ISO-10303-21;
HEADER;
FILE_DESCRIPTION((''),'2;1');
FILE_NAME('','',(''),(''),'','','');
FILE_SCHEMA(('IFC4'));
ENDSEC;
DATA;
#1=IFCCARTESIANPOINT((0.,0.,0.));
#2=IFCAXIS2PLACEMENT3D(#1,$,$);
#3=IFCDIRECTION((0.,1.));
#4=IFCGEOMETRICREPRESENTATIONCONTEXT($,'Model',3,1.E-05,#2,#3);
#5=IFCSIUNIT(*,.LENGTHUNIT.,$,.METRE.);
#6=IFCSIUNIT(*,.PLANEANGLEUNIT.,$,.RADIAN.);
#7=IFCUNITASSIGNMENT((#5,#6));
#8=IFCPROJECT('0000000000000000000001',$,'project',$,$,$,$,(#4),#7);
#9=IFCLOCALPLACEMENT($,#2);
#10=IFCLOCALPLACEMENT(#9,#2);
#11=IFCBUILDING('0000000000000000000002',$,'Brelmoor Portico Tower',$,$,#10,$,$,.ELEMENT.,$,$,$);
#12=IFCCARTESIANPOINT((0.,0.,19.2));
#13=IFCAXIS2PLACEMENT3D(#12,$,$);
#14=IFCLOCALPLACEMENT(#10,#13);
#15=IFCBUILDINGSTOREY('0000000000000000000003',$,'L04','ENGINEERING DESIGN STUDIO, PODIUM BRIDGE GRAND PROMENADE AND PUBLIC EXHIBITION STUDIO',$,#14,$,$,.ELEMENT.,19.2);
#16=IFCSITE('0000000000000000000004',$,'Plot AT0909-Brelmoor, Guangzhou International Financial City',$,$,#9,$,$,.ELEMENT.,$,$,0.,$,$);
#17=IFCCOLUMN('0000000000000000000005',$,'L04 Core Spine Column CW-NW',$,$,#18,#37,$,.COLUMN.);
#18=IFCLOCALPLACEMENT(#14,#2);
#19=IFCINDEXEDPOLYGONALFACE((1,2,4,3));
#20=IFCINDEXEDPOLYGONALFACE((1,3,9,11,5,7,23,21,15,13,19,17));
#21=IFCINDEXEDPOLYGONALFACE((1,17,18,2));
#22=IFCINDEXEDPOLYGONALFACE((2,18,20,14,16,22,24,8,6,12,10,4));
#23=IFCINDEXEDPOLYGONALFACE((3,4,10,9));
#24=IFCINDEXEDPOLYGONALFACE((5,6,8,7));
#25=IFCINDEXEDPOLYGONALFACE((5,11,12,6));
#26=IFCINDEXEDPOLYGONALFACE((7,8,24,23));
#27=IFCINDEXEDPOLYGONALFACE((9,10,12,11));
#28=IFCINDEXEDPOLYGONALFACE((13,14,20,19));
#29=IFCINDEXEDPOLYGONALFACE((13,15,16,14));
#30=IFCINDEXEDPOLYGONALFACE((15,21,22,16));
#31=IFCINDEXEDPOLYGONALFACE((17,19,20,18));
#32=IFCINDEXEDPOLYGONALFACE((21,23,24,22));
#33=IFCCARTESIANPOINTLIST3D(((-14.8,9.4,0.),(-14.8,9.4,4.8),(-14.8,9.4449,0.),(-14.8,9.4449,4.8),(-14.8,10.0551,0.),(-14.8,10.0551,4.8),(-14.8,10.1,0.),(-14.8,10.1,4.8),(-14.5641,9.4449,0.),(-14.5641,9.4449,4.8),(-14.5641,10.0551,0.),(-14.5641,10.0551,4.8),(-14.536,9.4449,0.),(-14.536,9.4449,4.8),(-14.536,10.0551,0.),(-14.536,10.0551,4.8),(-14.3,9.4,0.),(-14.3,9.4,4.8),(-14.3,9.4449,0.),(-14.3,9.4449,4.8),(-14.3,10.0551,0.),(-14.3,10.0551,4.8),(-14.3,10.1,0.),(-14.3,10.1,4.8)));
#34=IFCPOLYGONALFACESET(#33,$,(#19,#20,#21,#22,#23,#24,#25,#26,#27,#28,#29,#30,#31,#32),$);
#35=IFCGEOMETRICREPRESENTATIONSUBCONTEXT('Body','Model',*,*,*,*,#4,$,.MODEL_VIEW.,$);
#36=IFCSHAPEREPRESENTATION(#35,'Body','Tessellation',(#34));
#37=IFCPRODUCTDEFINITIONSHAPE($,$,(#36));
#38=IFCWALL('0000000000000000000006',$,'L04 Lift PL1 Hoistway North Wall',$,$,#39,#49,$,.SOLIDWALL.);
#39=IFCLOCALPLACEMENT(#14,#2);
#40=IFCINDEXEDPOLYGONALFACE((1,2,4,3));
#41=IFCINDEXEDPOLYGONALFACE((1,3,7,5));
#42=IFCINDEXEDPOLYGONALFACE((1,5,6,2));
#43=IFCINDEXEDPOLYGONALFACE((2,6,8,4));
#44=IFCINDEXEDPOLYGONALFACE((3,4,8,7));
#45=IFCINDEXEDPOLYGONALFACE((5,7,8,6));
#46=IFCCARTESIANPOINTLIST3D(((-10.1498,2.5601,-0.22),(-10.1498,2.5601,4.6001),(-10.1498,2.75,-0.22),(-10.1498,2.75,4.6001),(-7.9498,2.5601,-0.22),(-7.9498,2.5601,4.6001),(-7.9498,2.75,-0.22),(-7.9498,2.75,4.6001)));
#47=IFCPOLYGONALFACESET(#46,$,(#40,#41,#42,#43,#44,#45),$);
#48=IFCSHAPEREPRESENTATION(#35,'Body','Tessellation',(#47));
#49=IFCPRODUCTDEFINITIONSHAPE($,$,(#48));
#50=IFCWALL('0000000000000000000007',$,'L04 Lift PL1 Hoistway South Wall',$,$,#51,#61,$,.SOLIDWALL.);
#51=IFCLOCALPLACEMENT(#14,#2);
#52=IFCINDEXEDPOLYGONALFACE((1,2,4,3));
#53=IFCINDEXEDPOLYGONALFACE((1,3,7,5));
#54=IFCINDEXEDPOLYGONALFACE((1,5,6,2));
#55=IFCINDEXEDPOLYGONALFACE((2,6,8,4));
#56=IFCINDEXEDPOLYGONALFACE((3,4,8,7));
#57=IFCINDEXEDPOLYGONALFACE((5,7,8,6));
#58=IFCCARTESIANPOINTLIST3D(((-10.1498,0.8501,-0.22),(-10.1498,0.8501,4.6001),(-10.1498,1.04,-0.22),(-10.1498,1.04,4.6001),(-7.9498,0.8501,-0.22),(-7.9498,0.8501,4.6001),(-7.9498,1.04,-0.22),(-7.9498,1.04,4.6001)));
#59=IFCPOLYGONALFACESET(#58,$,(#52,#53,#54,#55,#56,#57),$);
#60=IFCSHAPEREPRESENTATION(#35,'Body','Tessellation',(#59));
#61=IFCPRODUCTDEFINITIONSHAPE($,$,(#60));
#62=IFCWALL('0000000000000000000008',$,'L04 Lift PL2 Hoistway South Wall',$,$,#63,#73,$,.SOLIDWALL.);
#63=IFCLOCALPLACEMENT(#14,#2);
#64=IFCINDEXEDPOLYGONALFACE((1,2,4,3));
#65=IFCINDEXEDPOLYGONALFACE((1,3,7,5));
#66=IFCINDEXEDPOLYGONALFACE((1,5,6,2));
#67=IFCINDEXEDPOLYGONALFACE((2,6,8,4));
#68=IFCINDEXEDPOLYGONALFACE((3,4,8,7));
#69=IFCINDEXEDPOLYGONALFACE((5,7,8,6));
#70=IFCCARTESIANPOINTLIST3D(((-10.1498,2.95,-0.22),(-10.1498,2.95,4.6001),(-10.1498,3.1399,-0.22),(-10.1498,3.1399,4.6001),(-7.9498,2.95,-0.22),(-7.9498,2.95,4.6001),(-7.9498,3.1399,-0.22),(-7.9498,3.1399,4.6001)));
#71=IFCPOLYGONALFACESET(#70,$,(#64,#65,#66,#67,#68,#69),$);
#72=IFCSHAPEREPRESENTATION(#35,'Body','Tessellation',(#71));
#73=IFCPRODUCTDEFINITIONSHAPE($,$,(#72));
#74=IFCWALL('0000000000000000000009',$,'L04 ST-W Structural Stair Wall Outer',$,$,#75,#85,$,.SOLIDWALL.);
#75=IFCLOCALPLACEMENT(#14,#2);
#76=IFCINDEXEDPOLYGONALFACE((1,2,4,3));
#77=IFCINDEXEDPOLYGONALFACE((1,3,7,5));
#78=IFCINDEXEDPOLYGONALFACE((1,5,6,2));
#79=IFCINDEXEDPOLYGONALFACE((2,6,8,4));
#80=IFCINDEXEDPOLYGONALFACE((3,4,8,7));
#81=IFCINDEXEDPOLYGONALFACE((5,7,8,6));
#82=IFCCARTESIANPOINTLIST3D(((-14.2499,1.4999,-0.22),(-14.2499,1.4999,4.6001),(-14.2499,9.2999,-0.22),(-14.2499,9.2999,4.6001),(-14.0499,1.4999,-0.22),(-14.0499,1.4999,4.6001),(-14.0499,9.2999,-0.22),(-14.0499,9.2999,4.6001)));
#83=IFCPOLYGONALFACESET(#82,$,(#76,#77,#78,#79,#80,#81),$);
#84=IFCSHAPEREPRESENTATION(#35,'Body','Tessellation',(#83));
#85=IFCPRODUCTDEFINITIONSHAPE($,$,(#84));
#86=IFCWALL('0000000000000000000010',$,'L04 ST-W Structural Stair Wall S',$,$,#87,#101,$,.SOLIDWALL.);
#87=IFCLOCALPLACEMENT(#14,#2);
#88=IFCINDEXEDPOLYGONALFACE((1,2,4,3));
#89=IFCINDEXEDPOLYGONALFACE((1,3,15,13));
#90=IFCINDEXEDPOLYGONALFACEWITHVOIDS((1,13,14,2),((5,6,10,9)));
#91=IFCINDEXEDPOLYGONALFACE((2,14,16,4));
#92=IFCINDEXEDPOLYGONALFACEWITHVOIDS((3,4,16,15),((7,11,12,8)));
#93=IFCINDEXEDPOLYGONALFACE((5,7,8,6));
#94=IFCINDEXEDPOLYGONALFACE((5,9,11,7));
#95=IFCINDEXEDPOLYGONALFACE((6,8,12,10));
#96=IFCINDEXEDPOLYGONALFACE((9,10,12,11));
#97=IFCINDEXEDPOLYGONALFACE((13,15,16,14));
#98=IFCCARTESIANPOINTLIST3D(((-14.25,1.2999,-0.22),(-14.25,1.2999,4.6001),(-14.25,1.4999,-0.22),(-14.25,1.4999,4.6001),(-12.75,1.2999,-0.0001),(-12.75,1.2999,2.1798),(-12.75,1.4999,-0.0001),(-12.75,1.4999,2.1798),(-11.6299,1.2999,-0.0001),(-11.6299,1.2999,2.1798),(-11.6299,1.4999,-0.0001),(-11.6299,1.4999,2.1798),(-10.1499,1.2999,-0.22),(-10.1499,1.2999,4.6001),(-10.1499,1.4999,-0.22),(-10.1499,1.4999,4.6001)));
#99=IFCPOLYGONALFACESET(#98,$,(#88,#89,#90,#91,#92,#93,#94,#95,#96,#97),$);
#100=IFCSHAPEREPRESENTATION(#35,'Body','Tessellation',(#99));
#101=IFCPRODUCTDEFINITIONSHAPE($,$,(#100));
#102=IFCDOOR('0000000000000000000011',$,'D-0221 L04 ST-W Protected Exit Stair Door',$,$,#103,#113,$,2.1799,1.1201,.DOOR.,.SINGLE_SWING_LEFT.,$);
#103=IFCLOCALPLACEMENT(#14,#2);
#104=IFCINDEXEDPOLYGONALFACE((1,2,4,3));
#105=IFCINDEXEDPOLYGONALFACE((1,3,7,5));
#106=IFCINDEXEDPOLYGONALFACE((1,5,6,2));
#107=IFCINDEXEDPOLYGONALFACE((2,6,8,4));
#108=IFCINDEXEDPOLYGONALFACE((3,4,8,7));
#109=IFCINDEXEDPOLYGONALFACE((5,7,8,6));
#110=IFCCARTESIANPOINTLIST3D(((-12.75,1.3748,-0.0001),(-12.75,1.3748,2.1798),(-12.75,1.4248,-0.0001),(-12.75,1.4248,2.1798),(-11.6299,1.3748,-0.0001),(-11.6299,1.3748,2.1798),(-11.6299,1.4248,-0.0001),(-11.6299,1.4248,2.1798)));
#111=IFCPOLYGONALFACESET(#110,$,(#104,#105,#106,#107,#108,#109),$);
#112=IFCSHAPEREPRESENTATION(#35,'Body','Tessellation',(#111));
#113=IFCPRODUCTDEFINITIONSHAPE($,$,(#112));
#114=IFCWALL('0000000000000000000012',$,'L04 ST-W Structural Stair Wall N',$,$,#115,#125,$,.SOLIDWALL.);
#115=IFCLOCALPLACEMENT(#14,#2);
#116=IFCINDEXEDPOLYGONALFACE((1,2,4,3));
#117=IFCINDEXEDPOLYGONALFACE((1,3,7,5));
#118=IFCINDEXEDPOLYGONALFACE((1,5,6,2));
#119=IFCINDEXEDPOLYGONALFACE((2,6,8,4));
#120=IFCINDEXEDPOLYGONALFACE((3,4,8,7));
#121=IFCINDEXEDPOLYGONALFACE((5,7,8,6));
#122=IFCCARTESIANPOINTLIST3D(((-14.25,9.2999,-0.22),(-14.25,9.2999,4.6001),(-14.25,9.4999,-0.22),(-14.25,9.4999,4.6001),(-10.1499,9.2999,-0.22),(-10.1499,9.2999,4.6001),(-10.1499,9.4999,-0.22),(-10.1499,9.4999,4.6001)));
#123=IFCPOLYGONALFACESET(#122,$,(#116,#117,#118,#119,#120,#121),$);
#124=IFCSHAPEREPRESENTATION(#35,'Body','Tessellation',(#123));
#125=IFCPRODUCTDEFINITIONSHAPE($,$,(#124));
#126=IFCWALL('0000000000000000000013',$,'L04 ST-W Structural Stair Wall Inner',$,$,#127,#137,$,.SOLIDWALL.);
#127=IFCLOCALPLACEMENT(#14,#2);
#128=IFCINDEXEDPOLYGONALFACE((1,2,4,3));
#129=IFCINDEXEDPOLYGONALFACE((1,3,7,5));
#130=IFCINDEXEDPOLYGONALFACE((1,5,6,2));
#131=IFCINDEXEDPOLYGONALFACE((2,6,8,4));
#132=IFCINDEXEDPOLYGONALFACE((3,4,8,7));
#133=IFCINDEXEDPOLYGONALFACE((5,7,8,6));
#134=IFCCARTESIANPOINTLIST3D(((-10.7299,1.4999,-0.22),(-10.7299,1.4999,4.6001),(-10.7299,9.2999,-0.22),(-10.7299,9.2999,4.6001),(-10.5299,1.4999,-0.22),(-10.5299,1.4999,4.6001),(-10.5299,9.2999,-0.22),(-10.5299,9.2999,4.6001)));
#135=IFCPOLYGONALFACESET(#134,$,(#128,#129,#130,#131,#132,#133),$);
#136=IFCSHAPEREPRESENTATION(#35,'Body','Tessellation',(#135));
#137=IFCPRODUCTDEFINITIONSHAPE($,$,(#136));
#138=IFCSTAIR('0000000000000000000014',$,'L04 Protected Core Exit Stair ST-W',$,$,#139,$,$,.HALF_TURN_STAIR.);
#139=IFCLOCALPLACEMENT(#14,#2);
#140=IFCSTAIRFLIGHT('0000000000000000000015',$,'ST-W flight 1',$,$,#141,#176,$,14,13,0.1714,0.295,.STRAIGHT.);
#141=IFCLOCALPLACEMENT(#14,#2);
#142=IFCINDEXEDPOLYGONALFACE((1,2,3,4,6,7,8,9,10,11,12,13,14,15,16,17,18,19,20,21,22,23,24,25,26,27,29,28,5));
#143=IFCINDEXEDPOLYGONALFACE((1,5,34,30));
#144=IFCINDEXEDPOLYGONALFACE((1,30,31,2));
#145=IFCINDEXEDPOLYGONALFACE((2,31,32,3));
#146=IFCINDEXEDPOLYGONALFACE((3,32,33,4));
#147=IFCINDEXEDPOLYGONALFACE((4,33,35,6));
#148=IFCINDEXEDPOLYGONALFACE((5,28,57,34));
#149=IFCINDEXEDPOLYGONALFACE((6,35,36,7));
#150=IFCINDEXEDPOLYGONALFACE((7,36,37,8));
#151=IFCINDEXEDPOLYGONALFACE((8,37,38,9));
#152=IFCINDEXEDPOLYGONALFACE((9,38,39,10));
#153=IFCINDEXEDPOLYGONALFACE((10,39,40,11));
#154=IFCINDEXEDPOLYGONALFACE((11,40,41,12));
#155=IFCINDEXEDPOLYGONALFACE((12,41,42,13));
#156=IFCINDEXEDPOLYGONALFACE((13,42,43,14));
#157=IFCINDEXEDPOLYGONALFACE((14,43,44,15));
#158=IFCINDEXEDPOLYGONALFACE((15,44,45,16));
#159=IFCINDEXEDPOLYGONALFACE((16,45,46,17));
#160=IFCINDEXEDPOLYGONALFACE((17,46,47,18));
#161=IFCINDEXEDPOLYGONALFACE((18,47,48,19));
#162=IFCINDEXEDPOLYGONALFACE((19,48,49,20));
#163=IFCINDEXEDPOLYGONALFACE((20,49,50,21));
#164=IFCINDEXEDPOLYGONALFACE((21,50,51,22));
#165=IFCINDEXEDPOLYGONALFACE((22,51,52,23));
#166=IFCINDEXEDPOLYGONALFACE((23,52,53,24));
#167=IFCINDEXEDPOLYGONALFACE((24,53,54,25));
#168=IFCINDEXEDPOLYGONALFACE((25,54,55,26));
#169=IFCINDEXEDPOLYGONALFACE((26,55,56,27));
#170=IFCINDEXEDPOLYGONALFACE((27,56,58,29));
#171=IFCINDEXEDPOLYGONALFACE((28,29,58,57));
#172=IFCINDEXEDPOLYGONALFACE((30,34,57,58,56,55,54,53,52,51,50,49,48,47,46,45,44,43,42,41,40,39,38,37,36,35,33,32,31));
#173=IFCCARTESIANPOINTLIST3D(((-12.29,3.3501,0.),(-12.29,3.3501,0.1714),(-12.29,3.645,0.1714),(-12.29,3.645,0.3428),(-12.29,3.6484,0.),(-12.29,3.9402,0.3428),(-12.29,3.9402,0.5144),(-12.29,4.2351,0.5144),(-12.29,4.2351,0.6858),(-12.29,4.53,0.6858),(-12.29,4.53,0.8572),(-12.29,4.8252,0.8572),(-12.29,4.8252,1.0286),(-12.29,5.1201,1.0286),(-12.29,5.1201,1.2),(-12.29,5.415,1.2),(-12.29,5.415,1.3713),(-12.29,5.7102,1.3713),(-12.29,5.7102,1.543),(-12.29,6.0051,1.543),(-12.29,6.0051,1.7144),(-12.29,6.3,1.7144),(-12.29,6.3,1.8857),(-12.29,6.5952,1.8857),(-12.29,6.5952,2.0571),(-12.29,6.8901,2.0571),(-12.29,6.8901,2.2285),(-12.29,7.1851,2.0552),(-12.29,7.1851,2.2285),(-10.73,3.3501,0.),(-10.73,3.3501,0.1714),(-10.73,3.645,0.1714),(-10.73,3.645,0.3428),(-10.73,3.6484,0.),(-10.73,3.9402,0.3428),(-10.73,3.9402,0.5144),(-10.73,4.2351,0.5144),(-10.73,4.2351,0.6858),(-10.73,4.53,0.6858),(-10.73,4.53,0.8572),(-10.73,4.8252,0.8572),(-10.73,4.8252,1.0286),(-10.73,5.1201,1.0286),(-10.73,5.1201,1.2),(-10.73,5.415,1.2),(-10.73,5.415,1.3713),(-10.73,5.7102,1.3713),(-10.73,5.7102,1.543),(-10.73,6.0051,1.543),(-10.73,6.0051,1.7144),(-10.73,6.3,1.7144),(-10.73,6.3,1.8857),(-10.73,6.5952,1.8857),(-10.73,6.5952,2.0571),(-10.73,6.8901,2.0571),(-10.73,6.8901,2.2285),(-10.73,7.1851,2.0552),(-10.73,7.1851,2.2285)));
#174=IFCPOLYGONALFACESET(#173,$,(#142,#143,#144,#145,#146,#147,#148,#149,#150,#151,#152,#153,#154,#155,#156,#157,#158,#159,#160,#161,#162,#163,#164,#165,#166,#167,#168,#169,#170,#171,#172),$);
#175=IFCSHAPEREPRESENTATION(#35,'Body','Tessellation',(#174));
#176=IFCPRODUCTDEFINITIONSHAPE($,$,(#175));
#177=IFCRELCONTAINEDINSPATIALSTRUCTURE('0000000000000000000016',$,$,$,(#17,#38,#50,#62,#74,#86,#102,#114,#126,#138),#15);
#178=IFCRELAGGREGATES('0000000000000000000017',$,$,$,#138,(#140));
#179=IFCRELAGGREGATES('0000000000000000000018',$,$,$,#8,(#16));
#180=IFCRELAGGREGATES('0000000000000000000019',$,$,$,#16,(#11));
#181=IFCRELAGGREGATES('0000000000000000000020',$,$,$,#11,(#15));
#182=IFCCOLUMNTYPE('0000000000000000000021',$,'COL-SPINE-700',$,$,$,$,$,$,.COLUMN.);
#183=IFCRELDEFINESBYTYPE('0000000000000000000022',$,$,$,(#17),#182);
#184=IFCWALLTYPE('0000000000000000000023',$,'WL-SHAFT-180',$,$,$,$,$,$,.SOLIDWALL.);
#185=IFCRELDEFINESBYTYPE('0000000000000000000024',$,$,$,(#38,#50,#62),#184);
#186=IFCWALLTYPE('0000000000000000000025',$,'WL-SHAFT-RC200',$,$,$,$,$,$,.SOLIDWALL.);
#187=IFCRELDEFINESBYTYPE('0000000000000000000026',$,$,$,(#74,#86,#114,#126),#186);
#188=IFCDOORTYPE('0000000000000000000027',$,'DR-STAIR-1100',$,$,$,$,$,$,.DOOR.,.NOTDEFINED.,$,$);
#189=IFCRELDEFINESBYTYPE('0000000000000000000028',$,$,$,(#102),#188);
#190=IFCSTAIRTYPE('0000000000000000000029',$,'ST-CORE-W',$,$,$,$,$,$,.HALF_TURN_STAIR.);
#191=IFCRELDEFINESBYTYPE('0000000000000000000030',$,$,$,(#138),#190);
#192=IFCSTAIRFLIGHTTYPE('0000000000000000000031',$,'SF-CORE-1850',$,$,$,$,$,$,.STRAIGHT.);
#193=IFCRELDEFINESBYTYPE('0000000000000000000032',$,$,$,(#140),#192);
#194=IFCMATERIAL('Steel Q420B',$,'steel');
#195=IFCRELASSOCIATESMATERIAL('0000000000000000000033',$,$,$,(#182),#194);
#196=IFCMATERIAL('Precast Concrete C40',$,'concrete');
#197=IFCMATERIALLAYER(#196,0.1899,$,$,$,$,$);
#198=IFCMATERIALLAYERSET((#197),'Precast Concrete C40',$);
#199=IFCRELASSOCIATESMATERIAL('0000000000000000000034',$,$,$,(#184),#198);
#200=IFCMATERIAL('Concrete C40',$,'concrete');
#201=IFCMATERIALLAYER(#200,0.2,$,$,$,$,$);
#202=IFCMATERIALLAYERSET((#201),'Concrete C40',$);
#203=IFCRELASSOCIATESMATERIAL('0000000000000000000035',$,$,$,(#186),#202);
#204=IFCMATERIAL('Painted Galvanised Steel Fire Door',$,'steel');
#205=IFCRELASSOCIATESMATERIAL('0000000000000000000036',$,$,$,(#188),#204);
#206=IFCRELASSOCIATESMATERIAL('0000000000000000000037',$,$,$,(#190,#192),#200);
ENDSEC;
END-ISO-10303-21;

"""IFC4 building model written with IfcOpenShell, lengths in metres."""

from ifc_helpers import new_model, si_unit, direction, frame, frame_2d, origin, origin_2d, place, context, subcontext, project, spatial, polyline, rectangle, i_section, outline, extrude, material, layer, layer_set, material_profile, profile_set, type_object, element, fill, aggregate, save


model = new_model("IFC4")

# Units and contexts
model_context = context("Model", 3, precision=1e-05, world=origin(), true_north=direction((0.0, 1.0)))
body_context = subcontext(model_context, "Body", "Model", "MODEL_VIEW")
ifc_project = project(units=[si_unit("LENGTHUNIT", "METRE"), si_unit("PLANEANGLEUNIT", "RADIAN")], contexts=[model_context])

# Site, building, storey
site_placement = place(None, origin())
site = spatial("IfcSite", under=ifc_project, at=site_placement, Name="Plot AT0909-Brelmoor, Guangzhou International Financial City", CompositionType="ELEMENT", RefElevation=0.0)
building_placement = place(site_placement, origin())
building = spatial("IfcBuilding", under=site, at=building_placement, Name="Brelmoor Portico Tower", CompositionType="ELEMENT")
storey_placement = place(building_placement, frame((0.0, 0.0, 19.2)))
storey = spatial("IfcBuildingStorey", under=building, at=storey_placement, Name="L04", Description="ENGINEERING DESIGN STUDIO, PODIUM BRIDGE GRAND PROMENADE AND PUBLIC EXHIBITION STUDIO", CompositionType="ELEMENT", Elevation=19.2)

# Column
ifc_material_1 = material(Name="Steel Q420B", Category="steel")
ifc_material_profile = material_profile(ifc_material_1, i_section(OverallWidth=0.5, OverallDepth=0.7, WebThickness=0.0281, FlangeThickness=0.0449, at=origin_2d()), Name="HW 700x500x28x45")
ifc_profile_set = profile_set([ifc_material_profile], Name="Steel Q420B")
column_type = type_object("IfcColumnType", Name="COL-SPINE-700", PredefinedType="COLUMN", material=ifc_profile_set)
column_placement = place(storey_placement, frame((-14.55, 9.75, 0.0), z_axis=(0.0, 0.0, 1.0), x_axis=(1.0, 0.0, 0.0)))
element("IfcColumn", 1, at=column_placement, inside=storey, type_object=column_type, Name="L04 Core Spine Column CW-NW", PredefinedType="COLUMN", context=body_context, shape_type="SweptSolid", body=[
    extrude(i_section(OverallWidth=0.5, OverallDepth=0.7, WebThickness=0.0281, FlangeThickness=0.0449, at=origin_2d()), origin(), (0.0, 0.0, 1.0), 4.8),
])

# Walls
ifc_material_2 = material(Name="Precast Concrete C40", Category="concrete")
ifc_layer_1 = layer(ifc_material_2, 0.1899)
ifc_layer_set_1 = layer_set([ifc_layer_1], Name="Precast Concrete C40")
wall_type_1 = type_object("IfcWallType", Name="WL-SHAFT-180", PredefinedType="SOLIDWALL", material=ifc_layer_set_1)
for number, where, z_axis, x_axis, name in (
    (2, (-10.1499, 2.655, -0.22), (0.0, 0.0, 1.0), (1.0, 0.0, 0.0), "L04 Lift PL1 Hoistway North Wall"),
    (3, (-10.1499, 0.9451, -0.22), (0.0, 0.0, 1.0), (1.0, 0.0, 0.0), "L04 Lift PL1 Hoistway South Wall"),
    (4, (-10.1499, 3.0449, -0.22), (0.0, 0.0, 1.0), (1.0, 0.0, 0.0), "L04 Lift PL2 Hoistway South Wall"),
):
    element("IfcWall", number, at=place(storey_placement, frame(where, z_axis=z_axis, x_axis=x_axis)), inside=storey, type_object=wall_type_1, Name=name, PredefinedType="SOLIDWALL", context=body_context, shape_type="SweptSolid", body=[
        extrude(rectangle(XDim=2.2, YDim=0.1899, at=frame_2d((1.1001, 0.0))), origin(), (0.0, 0.0, 1.0), 4.8201),
    ])
ifc_material_3 = material(Name="Concrete C40", Category="concrete")
ifc_layer_2 = layer(ifc_material_3, 0.2)
ifc_layer_set_2 = layer_set([ifc_layer_2], Name="Concrete C40")
wall_type_2 = type_object("IfcWallType", Name="WL-SHAFT-RC200", PredefinedType="SOLIDWALL", material=ifc_layer_set_2)
wall_1_placement = place(storey_placement, frame((-14.1499, 1.5, -0.22), z_axis=(0.0, 0.0, 1.0), x_axis=(0.0, 1.0, 0.0)))
element("IfcWall", 5, at=wall_1_placement, inside=storey, type_object=wall_type_2, Name="L04 ST-W Structural Stair Wall Outer", PredefinedType="SOLIDWALL", context=body_context, shape_type="SweptSolid", body=[
    extrude(rectangle(XDim=7.8, YDim=0.2, at=frame_2d((3.8999, 0.0))), origin(), (0.0, 0.0, 1.0), 4.8201),
])

# Wall, opening, door
wall_2_placement = place(storey_placement, frame((-14.25, 1.3999, -0.22), z_axis=(0.0, 0.0, 1.0), x_axis=(1.0, 0.0, 0.0)))
wall_2 = element("IfcWall", 6, at=wall_2_placement, inside=storey, type_object=wall_type_2, Name="L04 ST-W Structural Stair Wall S", PredefinedType="SOLIDWALL", context=body_context, shape_type="SweptSolid", body=[
    extrude(rectangle(XDim=4.1001, YDim=0.2, at=frame_2d((2.05, 0.0))), origin(), (0.0, 0.0, 1.0), 4.8201),
])
opening_placement = place(wall_2_placement, frame((1.5, 0.0, 0.22)))
opening = element("IfcOpeningElement", 7, at=opening_placement, cuts=wall_2, PredefinedType="OPENING", context=body_context, shape_type="SweptSolid", body=[
    extrude(rectangle(XDim=1.1201, YDim=2.1799, at=frame_2d((0.5601, 1.0898))), frame((0.0, 0.1099, 0.0), z_axis=(0.0, -1.0, 0.0), x_axis=(1.0, 0.0, 0.0)), (0.0, 0.0, 1.0), 0.22),
])
ifc_material_4 = material(Name="Painted Galvanised Steel Fire Door", Category="steel")
door_type = type_object("IfcDoorType", Name="DR-STAIR-1100", OperationType="NOTDEFINED", PredefinedType="DOOR", material=ifc_material_4)
door_placement = place(opening_placement, origin())
door = element("IfcDoor", 8, at=door_placement, inside=storey, type_object=door_type, Name="D-0221 L04 ST-W Protected Exit Stair Door", OperationType="SINGLE_SWING_LEFT", OverallHeight=2.1799, OverallWidth=1.1201, PredefinedType="DOOR", context=body_context, shape_type="SweptSolid", body=[
    extrude(rectangle(XDim=1.1201, YDim=2.1799, at=frame_2d((0.5601, 1.0898))), frame((0.0, 0.0249, 0.0), z_axis=(0.0, -1.0, 0.0), x_axis=(1.0, 0.0, 0.0)), (0.0, 0.0, 1.0), 0.05),
])
fill(opening, door)

# Walls
wall_3_placement = place(storey_placement, frame((-14.25, 9.3999, -0.22), z_axis=(0.0, 0.0, 1.0), x_axis=(1.0, 0.0, 0.0)))
element("IfcWall", 9, at=wall_3_placement, inside=storey, type_object=wall_type_2, Name="L04 ST-W Structural Stair Wall N", PredefinedType="SOLIDWALL", context=body_context, shape_type="SweptSolid", body=[
    extrude(rectangle(XDim=4.1001, YDim=0.2, at=frame_2d((2.05, 0.0))), origin(), (0.0, 0.0, 1.0), 4.8201),
])
wall_4_placement = place(storey_placement, frame((-10.6299, 1.5, -0.22), z_axis=(0.0, 0.0, 1.0), x_axis=(0.0, 1.0, 0.0)))
element("IfcWall", 10, at=wall_4_placement, inside=storey, type_object=wall_type_2, Name="L04 ST-W Structural Stair Wall Inner", PredefinedType="SOLIDWALL", context=body_context, shape_type="SweptSolid", body=[
    extrude(rectangle(XDim=7.8, YDim=0.2, at=frame_2d((3.8999, 0.0))), origin(), (0.0, 0.0, 1.0), 4.8201),
])

# Stair, stair flight
stair_type = type_object("IfcStairType", Name="ST-CORE-W", PredefinedType="HALF_TURN_STAIR", material=ifc_material_3)
stair_placement = place(storey_placement, origin())
stair = element("IfcStair", 11, at=stair_placement, inside=storey, type_object=stair_type, Name="L04 Protected Core Exit Stair ST-W", PredefinedType="HALF_TURN_STAIR")
stair_flight_type = type_object("IfcStairFlightType", Name="SF-CORE-1850", PredefinedType="STRAIGHT", material=ifc_material_3)
stair_flight_1_placement = place(storey_placement, frame((-11.51, 3.3501, 0.0), z_axis=(0.0, 0.0, 1.0), x_axis=(0.0, 1.0, 0.0)))
stair_flight_1 = element("IfcStairFlight", 12, at=stair_flight_1_placement, type_object=stair_flight_type, Name="ST-W flight 1", NumberOfRisers=14, NumberOfTreads=13, PredefinedType="STRAIGHT", RiserHeight=0.1714, TreadLength=0.295, context=body_context, shape_type="SweptSolid", body=[
    extrude(outline(polyline([(0.0, 0.0), (0.0, 0.1714), (0.2949, 0.1714), (0.2949, 0.3428), (0.5901, 0.3428), (0.5901, 0.5144), (0.885, 0.5144), (0.885, 0.6858), (1.1799, 0.6858), (1.1799, 0.8572), (1.4751, 0.8572), (1.4751, 1.0286), (1.77, 1.0286), (1.77, 1.2), (2.0649, 1.2), (2.0649, 1.3713), (2.3601, 1.3713), (2.3601, 1.543), (2.655, 1.543), (2.655, 1.7144), (2.95, 1.7144), (2.95, 1.8857), (3.2451, 1.8857), (3.2451, 2.0571), (3.54, 2.0571), (3.54, 2.2285), (3.835, 2.2285), (3.835, 2.3999), (3.835, 2.0552), (0.2983, 0.0), (0.0, 0.0)])), frame((0.0, 0.78, 0.0), z_axis=(0.0, -1.0, 0.0), x_axis=(1.0, 0.0, 0.0)), (0.0, 0.0, 1.0), 1.5601),
])
aggregate(stair, [stair_flight_1])

save(model, "model.ifc")
